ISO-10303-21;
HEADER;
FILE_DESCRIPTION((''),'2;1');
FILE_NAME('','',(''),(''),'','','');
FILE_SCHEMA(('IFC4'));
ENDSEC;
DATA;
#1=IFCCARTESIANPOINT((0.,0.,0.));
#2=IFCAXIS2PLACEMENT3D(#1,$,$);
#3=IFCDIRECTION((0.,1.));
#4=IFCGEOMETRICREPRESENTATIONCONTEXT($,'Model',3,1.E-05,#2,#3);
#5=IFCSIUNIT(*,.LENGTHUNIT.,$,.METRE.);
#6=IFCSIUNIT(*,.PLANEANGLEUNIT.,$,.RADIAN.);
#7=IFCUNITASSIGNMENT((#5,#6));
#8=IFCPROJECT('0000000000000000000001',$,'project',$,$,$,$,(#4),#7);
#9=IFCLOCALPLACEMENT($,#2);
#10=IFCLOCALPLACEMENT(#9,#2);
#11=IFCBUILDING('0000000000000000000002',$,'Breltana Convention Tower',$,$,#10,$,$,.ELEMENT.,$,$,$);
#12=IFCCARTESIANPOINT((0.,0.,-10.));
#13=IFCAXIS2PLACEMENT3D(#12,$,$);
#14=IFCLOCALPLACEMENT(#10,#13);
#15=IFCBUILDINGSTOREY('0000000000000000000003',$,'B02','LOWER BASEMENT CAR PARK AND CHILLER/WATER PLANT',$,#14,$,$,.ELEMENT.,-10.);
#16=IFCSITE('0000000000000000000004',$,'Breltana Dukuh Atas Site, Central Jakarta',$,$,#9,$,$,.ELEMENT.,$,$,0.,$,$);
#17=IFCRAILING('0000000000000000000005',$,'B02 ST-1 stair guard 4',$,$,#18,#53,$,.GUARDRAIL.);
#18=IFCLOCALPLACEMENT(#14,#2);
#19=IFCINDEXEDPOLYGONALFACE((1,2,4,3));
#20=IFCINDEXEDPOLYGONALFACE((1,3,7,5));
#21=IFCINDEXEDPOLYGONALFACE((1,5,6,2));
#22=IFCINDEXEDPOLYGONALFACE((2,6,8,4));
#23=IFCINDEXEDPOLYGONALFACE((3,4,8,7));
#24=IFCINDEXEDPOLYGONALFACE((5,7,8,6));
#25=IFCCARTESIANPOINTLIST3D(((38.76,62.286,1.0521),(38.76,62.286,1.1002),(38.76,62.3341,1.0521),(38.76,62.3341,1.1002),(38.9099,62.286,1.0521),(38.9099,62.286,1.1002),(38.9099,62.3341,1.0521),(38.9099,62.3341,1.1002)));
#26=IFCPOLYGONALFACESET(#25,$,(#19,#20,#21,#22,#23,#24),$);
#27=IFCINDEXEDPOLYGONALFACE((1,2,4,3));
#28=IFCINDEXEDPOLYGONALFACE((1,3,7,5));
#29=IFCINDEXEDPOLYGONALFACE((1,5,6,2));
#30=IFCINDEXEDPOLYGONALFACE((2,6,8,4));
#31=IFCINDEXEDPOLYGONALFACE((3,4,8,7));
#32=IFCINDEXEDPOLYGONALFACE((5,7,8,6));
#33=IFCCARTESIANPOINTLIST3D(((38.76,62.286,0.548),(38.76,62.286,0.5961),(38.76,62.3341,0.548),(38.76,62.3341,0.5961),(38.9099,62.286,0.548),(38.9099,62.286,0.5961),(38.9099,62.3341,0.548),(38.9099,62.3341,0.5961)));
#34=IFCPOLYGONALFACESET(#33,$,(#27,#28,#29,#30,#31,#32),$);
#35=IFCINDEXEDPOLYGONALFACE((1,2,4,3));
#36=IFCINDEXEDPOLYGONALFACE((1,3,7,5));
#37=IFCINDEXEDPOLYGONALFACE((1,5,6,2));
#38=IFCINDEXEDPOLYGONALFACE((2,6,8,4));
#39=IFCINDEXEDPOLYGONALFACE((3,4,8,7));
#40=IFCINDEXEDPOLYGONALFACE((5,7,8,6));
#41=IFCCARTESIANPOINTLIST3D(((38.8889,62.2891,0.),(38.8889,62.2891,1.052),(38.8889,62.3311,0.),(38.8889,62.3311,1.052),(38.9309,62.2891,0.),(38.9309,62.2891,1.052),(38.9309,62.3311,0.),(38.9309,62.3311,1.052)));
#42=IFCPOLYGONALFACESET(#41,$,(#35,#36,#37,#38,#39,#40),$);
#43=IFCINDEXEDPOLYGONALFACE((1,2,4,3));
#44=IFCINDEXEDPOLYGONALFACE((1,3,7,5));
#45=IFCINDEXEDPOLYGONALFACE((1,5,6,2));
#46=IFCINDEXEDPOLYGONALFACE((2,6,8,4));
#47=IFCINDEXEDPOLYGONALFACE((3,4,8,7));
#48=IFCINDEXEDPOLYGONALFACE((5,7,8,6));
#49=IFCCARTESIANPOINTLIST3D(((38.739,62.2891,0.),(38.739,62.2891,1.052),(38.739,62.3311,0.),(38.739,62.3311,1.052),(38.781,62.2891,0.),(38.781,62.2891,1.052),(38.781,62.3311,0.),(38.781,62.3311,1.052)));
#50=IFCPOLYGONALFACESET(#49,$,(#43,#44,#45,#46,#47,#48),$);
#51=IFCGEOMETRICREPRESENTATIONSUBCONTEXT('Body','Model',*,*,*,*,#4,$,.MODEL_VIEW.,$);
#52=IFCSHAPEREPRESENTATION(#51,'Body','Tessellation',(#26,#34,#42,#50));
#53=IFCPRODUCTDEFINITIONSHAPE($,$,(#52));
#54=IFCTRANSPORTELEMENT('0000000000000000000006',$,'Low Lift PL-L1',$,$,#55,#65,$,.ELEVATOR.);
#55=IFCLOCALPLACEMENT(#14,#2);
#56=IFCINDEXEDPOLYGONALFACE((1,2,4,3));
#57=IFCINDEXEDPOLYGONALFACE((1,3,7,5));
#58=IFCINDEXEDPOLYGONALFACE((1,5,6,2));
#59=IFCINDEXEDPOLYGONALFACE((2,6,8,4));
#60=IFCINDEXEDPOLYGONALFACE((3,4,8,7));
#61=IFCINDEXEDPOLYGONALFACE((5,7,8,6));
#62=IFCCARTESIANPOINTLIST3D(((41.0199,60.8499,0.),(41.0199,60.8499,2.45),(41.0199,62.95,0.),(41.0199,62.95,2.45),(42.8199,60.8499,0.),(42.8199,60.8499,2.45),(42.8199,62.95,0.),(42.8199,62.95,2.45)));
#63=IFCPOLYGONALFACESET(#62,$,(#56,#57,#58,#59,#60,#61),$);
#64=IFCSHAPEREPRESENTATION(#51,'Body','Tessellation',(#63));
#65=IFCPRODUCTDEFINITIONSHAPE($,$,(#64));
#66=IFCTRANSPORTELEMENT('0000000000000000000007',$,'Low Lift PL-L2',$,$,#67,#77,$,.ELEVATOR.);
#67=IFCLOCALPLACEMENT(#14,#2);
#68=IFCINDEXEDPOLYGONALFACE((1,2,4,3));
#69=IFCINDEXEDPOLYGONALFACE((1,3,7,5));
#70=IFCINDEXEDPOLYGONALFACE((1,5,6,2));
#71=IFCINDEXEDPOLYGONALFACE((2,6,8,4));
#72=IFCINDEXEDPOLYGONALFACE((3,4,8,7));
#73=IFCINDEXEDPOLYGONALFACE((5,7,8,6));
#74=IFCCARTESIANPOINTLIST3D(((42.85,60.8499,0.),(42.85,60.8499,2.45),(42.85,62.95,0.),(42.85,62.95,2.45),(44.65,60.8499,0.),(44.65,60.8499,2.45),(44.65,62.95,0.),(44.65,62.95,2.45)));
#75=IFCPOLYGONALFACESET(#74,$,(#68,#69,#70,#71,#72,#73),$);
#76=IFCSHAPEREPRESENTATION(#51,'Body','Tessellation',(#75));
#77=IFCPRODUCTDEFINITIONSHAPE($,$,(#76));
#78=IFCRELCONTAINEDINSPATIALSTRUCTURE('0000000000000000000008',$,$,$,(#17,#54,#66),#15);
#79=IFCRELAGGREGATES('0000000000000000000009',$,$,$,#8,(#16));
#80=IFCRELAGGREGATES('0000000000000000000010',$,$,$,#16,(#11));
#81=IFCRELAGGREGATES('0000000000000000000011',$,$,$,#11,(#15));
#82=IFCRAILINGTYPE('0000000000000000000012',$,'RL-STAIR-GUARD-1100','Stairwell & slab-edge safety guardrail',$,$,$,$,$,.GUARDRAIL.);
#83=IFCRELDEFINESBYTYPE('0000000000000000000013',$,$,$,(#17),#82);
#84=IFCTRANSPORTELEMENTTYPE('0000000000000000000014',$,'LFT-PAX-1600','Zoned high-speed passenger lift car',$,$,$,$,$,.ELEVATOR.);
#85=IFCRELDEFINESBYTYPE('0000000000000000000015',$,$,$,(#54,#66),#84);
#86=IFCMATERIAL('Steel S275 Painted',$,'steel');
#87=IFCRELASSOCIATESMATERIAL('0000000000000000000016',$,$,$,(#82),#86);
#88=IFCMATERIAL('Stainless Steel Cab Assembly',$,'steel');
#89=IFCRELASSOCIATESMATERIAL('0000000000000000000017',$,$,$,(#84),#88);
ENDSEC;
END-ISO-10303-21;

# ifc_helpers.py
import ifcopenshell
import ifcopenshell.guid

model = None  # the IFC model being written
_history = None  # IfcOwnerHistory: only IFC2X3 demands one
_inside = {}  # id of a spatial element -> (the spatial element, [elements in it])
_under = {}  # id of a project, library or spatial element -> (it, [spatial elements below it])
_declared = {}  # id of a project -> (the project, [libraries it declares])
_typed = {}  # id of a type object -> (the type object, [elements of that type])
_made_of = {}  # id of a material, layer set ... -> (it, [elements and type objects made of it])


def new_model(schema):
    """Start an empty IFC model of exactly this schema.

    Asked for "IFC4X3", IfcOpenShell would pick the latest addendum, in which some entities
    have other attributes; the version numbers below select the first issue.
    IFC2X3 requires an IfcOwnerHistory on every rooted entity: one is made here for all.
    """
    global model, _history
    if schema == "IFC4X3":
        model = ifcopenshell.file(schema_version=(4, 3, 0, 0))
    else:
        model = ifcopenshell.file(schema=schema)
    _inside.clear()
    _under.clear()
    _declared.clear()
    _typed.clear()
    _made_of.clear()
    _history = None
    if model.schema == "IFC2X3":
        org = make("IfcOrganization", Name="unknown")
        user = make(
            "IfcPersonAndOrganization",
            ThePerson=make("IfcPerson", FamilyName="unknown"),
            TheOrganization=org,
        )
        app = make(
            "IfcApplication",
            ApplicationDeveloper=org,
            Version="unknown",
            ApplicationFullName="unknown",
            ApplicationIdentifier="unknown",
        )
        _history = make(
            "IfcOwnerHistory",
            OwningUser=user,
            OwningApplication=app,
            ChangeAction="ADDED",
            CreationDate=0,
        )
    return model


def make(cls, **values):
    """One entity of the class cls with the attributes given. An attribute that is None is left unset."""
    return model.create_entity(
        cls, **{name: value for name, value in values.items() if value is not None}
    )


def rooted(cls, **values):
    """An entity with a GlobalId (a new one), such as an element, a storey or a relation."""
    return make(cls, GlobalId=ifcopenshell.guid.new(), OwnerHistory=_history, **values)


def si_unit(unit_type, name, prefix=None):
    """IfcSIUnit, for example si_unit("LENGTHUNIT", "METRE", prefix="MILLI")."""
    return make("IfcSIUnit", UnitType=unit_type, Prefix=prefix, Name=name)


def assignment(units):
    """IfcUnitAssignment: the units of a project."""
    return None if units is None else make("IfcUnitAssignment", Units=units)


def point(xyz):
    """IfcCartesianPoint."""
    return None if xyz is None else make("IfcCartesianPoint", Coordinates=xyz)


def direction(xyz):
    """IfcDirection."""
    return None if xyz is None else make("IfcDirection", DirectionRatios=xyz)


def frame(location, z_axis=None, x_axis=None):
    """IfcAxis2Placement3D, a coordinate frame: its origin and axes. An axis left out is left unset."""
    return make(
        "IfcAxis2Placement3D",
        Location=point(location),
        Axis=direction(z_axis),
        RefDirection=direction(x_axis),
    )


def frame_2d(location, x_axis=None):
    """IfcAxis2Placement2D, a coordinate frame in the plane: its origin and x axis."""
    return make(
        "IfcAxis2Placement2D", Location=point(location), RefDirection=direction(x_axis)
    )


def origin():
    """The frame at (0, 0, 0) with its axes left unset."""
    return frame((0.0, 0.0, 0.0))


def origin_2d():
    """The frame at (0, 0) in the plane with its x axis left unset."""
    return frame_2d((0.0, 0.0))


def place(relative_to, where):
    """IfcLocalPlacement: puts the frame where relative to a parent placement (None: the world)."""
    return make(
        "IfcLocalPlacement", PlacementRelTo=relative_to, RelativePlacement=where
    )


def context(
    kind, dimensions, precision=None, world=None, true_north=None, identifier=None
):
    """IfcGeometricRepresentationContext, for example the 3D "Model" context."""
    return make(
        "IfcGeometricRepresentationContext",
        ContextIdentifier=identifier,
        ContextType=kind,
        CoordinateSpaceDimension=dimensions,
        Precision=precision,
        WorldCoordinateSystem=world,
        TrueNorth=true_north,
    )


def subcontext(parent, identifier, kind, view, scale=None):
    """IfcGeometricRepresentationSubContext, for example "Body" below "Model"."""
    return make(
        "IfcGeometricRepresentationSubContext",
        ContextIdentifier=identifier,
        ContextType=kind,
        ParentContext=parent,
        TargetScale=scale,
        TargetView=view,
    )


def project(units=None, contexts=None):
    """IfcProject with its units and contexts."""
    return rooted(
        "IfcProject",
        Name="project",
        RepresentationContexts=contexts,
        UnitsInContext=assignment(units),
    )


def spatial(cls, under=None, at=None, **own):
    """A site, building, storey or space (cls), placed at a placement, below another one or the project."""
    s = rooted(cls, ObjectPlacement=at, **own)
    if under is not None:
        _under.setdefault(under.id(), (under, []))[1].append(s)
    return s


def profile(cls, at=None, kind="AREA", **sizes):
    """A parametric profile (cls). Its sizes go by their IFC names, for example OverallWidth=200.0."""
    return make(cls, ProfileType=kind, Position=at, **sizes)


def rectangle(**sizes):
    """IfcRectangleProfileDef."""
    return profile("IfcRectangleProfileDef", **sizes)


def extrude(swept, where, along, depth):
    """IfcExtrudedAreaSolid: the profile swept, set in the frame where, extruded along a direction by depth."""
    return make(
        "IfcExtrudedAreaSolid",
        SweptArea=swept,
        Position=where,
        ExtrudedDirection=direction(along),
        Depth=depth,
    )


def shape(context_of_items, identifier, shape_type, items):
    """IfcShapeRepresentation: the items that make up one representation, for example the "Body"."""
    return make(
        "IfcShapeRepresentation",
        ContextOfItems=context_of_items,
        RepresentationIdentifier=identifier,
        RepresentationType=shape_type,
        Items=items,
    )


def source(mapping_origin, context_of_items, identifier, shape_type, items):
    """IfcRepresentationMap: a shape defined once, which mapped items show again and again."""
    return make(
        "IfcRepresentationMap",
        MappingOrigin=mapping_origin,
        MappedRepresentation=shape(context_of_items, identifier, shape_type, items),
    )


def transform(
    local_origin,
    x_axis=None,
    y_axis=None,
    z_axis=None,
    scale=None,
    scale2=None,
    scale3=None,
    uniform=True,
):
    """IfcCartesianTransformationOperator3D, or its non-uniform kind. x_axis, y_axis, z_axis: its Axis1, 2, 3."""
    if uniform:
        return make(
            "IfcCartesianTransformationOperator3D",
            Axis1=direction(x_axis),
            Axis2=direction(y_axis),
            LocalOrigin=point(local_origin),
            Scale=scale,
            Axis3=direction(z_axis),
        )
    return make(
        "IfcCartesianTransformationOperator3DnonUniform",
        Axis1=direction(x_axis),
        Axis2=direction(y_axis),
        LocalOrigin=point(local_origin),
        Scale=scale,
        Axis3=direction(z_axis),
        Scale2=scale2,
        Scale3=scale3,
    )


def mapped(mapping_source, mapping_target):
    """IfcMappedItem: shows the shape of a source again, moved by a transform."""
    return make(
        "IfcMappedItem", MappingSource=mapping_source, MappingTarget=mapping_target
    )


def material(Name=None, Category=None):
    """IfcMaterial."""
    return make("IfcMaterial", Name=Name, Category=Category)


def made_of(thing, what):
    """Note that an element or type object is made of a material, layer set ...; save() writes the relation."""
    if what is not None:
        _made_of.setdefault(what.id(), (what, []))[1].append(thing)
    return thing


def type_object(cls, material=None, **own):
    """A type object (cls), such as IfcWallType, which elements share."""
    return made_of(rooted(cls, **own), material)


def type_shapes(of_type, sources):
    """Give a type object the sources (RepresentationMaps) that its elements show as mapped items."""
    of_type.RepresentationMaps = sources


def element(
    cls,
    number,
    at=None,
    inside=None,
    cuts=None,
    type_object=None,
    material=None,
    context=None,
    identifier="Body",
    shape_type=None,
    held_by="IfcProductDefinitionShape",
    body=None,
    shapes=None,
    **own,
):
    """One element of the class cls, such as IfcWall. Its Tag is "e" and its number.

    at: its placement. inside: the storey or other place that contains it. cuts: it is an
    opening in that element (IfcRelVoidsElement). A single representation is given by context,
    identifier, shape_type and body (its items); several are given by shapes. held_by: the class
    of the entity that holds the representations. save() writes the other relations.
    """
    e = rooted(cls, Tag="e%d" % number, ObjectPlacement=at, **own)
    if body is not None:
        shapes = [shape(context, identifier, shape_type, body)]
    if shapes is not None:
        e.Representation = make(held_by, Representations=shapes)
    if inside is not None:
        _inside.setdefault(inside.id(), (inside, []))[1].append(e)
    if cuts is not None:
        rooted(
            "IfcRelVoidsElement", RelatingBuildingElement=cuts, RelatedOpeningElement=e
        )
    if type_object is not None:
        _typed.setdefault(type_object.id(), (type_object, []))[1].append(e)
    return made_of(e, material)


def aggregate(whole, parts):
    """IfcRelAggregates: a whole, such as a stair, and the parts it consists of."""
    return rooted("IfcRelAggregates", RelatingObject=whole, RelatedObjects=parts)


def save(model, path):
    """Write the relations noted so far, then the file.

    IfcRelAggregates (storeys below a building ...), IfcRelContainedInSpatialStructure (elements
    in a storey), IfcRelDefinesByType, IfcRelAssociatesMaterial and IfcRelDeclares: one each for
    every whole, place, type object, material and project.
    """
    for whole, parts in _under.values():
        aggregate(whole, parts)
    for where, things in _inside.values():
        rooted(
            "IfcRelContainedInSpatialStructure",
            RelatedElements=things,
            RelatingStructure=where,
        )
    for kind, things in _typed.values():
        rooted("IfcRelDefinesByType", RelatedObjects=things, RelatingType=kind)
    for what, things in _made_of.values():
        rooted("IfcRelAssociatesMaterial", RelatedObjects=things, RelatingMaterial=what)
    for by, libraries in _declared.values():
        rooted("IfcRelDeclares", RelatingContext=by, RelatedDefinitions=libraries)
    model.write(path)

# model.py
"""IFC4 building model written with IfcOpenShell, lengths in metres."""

from ifc_helpers import new_model, si_unit, direction, frame, origin, origin_2d, place, context, subcontext, project, spatial, rectangle, extrude, source, transform, mapped, material, type_object, type_shapes, element, save


model = new_model("IFC4")

# Units and contexts
model_context = context("Model", 3, precision=1e-05, world=origin(), true_north=direction((0.0, 1.0)))
body_context = subcontext(model_context, "Body", "Model", "MODEL_VIEW")
ifc_project = project(units=[si_unit("LENGTHUNIT", "METRE"), si_unit("PLANEANGLEUNIT", "RADIAN")], contexts=[model_context])

# Site, building, storey
site_placement = place(None, origin())
site = spatial("IfcSite", under=ifc_project, at=site_placement, Name="Breltana Dukuh Atas Site, Central Jakarta", CompositionType="ELEMENT", RefElevation=0.0)
building_placement = place(site_placement, origin())
building = spatial("IfcBuilding", under=site, at=building_placement, Name="Breltana Convention Tower", CompositionType="ELEMENT")
storey_placement = place(building_placement, frame((0.0, 0.0, -10.0)))
storey = spatial("IfcBuildingStorey", under=building, at=storey_placement, Name="B02", Description="LOWER BASEMENT CAR PARK AND CHILLER/WATER PLANT", CompositionType="ELEMENT", Elevation=-10.0)

# Railing
ifc_material_1 = material(Name="Steel S275 Painted", Category="steel")
railing_type = type_object("IfcRailingType", Name="RL-STAIR-GUARD-1100", Description="Stairwell & slab-edge safety guardrail", PredefinedType="GUARDRAIL", material=ifc_material_1)
railing_1_placement = place(storey_placement, frame((38.9099, 62.3101, 0.0)))
element("IfcRailing", 1, at=railing_1_placement, inside=storey, type_object=railing_type, Name="B02 ST-1 stair guard 4", PredefinedType="GUARDRAIL", context=body_context, shape_type="SweptSolid", body=[
    extrude(rectangle(XDim=0.0481, YDim=0.0481, at=origin_2d()), frame((0.0, 0.0, 1.0762), z_axis=(-1.0, 0.0, 0.0), x_axis=(0.0, -1.0, 0.0)), (0.0, 0.0, 1.0), 0.1499),
    extrude(rectangle(XDim=0.0481, YDim=0.0481, at=origin_2d()), frame((0.0, 0.0, 0.572), z_axis=(-1.0, 0.0, 0.0), x_axis=(0.0, -1.0, 0.0)), (0.0, 0.0, 1.0), 0.1499),
    extrude(rectangle(XDim=0.042, YDim=0.042, at=origin_2d()), origin(), (0.0, 0.0, 1.0), 1.052),
    extrude(rectangle(XDim=0.042, YDim=0.042, at=origin_2d()), frame((-0.1499, 0.0, 0.0)), (0.0, 0.0, 1.0), 1.052),
])

# Transport elements
ifc_material_2 = material(Name="Stainless Steel Cab Assembly", Category="steel")
transport_element_type = type_object("IfcTransportElementType", Name="LFT-PAX-1600", Description="Zoned high-speed passenger lift car", PredefinedType="ELEVATOR", material=ifc_material_2)
shared_shape_1 = source(origin(), body_context, "Body", "SweptSolid", [
    extrude(rectangle(XDim=1.8, YDim=2.1001, at=origin_2d()), origin(), (0.0, 0.0, 1.0), 2.45),
])
type_shapes(transport_element_type, [shared_shape_1])
for number, where, z_axis, x_axis, name in (
    (2, (41.9199, 61.8999, 0.0), (0.0, 0.0, 1.0), (1.0, 0.0, 0.0), "Low Lift PL-L1"),
    (3, (43.75, 61.8999, 0.0), (0.0, 0.0, 1.0), (1.0, 0.0, 0.0), "Low Lift PL-L2"),
):
    element("IfcTransportElement", number, at=place(storey_placement, frame(where, z_axis=z_axis, x_axis=x_axis)), inside=storey, type_object=transport_element_type, Name=name, PredefinedType="ELEVATOR", context=body_context, shape_type="MappedRepresentation", body=[
        mapped(shared_shape_1, transform((0.0, 0.0, 0.0), scale=1.0)),
    ])

save(model, "model.ifc")
